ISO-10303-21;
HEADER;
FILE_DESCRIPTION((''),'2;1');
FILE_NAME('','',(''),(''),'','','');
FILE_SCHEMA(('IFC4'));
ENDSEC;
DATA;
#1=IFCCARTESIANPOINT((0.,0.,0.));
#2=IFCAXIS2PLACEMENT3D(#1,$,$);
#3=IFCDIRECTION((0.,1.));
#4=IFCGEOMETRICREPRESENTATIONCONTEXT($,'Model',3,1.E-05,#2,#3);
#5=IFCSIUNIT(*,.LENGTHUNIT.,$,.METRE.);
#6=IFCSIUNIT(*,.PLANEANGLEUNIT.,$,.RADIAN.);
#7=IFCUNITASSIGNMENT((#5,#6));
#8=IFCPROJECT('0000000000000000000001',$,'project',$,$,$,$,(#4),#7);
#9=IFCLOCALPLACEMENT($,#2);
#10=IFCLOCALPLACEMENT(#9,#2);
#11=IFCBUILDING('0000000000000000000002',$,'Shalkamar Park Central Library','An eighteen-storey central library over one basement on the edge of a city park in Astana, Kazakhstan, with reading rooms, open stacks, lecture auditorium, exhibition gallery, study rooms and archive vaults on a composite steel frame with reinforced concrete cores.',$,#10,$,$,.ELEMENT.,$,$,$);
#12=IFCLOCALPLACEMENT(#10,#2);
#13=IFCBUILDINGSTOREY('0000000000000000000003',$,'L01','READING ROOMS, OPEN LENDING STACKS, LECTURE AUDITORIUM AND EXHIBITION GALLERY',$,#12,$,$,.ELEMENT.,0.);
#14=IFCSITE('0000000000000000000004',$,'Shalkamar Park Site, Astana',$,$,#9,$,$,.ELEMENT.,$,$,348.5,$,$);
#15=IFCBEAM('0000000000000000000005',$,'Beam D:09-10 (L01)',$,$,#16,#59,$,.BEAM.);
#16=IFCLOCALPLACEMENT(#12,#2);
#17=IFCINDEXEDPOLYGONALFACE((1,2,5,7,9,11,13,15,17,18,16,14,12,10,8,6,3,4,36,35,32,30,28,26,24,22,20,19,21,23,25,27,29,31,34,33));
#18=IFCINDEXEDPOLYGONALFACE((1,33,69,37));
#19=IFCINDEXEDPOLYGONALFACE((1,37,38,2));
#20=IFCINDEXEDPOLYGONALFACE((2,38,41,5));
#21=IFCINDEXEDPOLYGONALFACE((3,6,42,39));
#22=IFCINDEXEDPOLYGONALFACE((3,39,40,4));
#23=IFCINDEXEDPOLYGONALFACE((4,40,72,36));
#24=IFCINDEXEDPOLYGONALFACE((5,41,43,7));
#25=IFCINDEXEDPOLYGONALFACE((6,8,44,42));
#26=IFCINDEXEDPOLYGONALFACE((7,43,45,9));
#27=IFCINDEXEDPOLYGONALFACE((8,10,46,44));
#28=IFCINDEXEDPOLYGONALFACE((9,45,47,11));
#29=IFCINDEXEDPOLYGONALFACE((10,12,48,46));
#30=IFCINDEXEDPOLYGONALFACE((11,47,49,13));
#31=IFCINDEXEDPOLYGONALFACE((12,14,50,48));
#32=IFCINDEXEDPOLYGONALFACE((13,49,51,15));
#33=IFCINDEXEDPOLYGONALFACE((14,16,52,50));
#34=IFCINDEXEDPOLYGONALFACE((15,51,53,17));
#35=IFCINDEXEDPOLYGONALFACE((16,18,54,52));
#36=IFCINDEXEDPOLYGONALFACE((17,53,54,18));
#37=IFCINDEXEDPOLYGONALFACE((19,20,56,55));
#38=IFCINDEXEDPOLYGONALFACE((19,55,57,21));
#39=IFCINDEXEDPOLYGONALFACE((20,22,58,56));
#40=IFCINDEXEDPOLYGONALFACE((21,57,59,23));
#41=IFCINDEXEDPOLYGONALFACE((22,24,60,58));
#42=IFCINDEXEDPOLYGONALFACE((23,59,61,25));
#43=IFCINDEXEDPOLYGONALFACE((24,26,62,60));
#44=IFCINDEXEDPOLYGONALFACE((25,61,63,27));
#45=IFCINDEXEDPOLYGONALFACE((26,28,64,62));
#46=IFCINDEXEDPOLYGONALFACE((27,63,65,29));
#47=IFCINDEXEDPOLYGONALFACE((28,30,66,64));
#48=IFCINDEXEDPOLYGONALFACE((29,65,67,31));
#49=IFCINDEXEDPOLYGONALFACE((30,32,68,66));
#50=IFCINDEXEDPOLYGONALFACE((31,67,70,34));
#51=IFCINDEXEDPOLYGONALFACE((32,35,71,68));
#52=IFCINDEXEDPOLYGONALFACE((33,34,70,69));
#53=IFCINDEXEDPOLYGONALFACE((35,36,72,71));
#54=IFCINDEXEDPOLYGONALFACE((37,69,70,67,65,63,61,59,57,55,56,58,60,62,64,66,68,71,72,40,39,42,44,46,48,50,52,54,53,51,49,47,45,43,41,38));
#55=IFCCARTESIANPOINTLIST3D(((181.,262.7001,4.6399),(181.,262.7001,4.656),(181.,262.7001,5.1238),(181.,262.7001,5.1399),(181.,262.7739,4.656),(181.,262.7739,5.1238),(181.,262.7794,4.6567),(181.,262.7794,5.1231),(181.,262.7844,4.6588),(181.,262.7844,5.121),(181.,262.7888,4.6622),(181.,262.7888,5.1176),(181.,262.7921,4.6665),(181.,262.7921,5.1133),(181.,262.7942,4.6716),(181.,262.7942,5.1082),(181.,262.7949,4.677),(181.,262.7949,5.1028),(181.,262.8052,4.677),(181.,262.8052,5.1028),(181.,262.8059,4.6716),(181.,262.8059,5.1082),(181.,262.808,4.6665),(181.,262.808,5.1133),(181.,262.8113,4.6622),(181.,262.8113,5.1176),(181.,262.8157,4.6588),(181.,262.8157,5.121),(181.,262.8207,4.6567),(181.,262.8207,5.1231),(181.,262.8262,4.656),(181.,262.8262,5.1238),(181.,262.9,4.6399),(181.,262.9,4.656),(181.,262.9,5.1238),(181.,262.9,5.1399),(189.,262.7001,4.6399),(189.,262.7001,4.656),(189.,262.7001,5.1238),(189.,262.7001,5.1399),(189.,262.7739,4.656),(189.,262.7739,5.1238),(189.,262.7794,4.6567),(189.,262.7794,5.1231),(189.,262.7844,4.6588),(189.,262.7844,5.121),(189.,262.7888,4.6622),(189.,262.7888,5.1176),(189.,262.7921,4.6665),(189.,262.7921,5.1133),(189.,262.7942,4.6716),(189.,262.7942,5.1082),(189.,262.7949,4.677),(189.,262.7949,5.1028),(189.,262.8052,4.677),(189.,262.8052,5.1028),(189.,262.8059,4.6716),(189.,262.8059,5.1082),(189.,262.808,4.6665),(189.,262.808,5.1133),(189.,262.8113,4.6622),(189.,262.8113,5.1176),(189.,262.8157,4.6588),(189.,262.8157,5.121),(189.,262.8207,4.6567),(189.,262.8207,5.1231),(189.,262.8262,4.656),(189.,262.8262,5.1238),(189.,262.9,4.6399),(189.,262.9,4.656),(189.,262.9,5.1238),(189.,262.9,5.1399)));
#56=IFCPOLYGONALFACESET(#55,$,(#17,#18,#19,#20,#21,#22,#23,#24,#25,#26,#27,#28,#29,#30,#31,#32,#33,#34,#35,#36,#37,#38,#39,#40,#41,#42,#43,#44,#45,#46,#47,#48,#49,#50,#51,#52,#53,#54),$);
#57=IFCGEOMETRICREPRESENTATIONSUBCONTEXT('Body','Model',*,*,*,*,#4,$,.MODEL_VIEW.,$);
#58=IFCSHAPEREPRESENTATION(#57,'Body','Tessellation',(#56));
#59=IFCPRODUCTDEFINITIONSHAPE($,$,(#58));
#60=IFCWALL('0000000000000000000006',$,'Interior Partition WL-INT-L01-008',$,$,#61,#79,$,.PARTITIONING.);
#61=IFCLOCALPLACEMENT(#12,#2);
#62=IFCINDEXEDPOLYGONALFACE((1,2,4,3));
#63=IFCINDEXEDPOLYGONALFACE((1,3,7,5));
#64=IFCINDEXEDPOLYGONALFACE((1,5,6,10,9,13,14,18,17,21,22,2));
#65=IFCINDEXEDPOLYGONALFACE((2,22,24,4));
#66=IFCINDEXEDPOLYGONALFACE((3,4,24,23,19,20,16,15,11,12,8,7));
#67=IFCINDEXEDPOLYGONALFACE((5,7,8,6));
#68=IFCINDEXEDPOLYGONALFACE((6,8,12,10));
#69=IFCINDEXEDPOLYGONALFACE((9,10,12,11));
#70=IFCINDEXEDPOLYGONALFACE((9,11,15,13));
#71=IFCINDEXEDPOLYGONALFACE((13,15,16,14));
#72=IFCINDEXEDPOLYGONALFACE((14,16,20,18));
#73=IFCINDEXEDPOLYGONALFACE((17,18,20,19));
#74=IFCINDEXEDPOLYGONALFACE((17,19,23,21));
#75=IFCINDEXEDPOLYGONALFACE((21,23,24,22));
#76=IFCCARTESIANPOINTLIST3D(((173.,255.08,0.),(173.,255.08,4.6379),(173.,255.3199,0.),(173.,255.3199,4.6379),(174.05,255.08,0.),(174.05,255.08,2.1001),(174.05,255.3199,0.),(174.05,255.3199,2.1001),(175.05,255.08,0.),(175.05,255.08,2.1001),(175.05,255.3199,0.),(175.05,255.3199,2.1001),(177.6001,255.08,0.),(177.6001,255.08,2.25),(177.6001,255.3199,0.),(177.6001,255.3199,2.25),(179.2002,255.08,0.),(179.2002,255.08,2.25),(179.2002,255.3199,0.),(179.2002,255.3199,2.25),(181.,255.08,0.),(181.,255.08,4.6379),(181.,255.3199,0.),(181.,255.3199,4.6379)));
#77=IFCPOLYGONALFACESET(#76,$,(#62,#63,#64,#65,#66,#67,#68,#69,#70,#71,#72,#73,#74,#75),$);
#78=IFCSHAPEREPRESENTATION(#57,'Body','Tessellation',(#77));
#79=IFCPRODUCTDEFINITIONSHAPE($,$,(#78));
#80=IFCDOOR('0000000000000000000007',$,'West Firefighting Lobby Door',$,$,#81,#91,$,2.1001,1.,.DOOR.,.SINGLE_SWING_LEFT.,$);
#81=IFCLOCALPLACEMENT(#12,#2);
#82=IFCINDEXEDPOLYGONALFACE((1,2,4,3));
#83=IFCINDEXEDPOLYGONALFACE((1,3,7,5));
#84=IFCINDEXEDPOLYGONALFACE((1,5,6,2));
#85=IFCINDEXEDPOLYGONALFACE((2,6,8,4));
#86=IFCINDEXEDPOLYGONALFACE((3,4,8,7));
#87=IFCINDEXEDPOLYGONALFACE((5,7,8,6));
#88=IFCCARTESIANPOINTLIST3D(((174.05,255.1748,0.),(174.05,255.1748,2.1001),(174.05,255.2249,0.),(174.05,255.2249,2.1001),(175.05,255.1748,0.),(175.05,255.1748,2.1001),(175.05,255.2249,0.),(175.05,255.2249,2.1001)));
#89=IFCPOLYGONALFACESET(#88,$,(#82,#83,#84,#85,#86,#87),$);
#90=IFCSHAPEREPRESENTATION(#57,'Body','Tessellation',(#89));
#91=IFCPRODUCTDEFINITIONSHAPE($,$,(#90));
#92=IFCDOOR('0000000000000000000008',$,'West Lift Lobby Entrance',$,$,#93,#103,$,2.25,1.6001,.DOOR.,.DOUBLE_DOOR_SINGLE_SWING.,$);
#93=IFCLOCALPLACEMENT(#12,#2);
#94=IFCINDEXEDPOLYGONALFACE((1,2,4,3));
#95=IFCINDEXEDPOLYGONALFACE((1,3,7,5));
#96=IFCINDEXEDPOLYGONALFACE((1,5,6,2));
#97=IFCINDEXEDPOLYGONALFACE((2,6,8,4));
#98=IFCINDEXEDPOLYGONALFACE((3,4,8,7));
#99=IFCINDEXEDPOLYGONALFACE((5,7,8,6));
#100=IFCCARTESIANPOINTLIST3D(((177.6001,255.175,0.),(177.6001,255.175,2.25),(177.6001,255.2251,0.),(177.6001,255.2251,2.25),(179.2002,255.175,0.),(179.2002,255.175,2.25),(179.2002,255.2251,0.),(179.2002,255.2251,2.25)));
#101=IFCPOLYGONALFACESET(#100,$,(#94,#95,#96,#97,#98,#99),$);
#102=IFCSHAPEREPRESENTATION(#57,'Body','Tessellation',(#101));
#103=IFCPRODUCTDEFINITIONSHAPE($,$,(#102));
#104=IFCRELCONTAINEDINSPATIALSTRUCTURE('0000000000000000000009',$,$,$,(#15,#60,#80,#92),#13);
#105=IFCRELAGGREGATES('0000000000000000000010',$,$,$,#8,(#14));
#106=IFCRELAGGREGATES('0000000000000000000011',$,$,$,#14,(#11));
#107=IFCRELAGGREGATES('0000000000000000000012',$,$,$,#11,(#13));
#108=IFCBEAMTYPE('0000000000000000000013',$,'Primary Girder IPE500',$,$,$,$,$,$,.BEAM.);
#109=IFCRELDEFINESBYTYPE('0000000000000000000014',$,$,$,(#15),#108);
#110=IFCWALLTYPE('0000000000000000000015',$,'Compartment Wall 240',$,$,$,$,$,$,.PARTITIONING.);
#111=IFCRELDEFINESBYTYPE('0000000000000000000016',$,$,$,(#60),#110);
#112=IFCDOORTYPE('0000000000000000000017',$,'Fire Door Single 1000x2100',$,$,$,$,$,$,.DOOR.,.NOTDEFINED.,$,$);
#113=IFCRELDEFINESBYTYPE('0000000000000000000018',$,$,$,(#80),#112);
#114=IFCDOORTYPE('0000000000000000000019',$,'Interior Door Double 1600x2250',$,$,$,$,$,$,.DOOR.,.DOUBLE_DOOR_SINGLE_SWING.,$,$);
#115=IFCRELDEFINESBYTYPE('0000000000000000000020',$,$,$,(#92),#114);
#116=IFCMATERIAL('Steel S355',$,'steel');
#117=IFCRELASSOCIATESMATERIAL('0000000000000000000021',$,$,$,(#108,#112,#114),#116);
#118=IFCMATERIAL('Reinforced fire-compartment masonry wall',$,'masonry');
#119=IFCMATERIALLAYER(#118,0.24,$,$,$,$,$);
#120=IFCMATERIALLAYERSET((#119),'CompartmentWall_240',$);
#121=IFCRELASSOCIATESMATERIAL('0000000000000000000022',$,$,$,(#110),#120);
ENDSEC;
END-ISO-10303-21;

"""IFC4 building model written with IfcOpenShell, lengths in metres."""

from ifc_helpers import new_model, si_unit, direction, frame, frame_2d, origin, origin_2d, place, context, subcontext, project, spatial, rectangle, i_section, extrude, material, layer, layer_set, material_profile, profile_set, type_object, element, fill, save


model = new_model("IFC4")

# Units and contexts
model_context = context("Model", 3, precision=1e-05, world=origin(), true_north=direction((0.0, 1.0)))
body_context = subcontext(model_context, "Body", "Model", "MODEL_VIEW")
ifc_project = project(units=[si_unit("LENGTHUNIT", "METRE"), si_unit("PLANEANGLEUNIT", "RADIAN")], contexts=[model_context])

# Site, building, storey
site_placement = place(None, origin())
site = spatial("IfcSite", under=ifc_project, at=site_placement, Name="Shalkamar Park Site, Astana", CompositionType="ELEMENT", RefElevation=348.5)
building_placement = place(site_placement, origin())
building = spatial("IfcBuilding", under=site, at=building_placement, Name="Shalkamar Park Central Library", Description="An eighteen-storey central library over one basement on the edge of a city park in Astana, Kazakhstan, with reading rooms, open stacks, lecture auditorium, exhibition gallery, study rooms and archive vaults on a composite steel frame with reinforced concrete cores.", CompositionType="ELEMENT")
storey_placement = place(building_placement, origin())
storey = spatial("IfcBuildingStorey", under=building, at=storey_placement, Name="L01", Description="READING ROOMS, OPEN LENDING STACKS, LECTURE AUDITORIUM AND EXHIBITION GALLERY", CompositionType="ELEMENT", Elevation=0.0)

# Shared definitions
ifc_material_1 = material(Name="Steel S355", Category="steel")

# Beam
ifc_material_profile_1 = material_profile(ifc_material_1, i_section(OverallWidth=0.2, OverallDepth=0.5, WebThickness=0.0103, FlangeThickness=0.0161, FilletRadius=0.021, at=origin_2d()), Name="IPE 500")
ifc_profile_set_1 = profile_set([ifc_material_profile_1], Name="Steel S355")
beam_type_1 = type_object("IfcBeamType", Name="Primary Girder IPE500", PredefinedType="BEAM", material=ifc_profile_set_1)
for number, where, z_axis, x_axis, name in (
    (1, (181.0, 262.8, 4.8899), (1.0, 0.0, 0.0), (0.0, 1.0, 0.0), "Beam D:09-10 (L01)"),
):
    element("IfcBeam", number, at=place(storey_placement, frame(where, z_axis=z_axis, x_axis=x_axis)), inside=storey, type_object=beam_type_1, Name=name, PredefinedType="BEAM", context=body_context, shape_type="SweptSolid", body=[
        extrude(i_section(OverallWidth=0.2, OverallDepth=0.5, WebThickness=0.0103, FlangeThickness=0.0161, FilletRadius=0.021, at=origin_2d()), origin(), (0.0, 0.0, 1.0), 8.0),
    ])

# Wall, openings, doors
ifc_material_2 = material(Name="Reinforced fire-compartment masonry wall", Category="masonry")
ifc_layer_1 = layer(ifc_material_2, 0.24)
ifc_layer_set_1 = layer_set([ifc_layer_1], Name="CompartmentWall_240")
wall_type_1 = type_object("IfcWallType", Name="Compartment Wall 240", PredefinedType="PARTITIONING", material=ifc_layer_set_1)
wall_1_placement = place(storey_placement, frame((173.0, 255.2, 0.0), z_axis=(0.0, 0.0, 1.0), x_axis=(1.0, 0.0, 0.0)))
wall_1 = element("IfcWall", 2, at=wall_1_placement, inside=storey, type_object=wall_type_1, Name="Interior Partition WL-INT-L01-008", PredefinedType="PARTITIONING", context=body_context, shape_type="SweptSolid", body=[
    extrude(rectangle(XDim=8.0, YDim=0.24, at=frame_2d((4.0, 0.0))), origin(), (0.0, 0.0, 1.0), 4.6379),
])
opening_1_placement = place(wall_1_placement, frame((1.05, 0.0, 0.0)))
opening_1 = element("IfcOpeningElement", 3, at=opening_1_placement, cuts=wall_1, PredefinedType="OPENING", context=body_context, shape_type="SweptSolid", body=[
    extrude(rectangle(XDim=1.0, YDim=2.1001, at=frame_2d((0.5, 1.05))), frame((0.0, 0.1348, 0.0), z_axis=(0.0, -1.0, 0.0), x_axis=(1.0, 0.0, 0.0)), (0.0, 0.0, 1.0), 0.2698),
])
opening_2_placement = place(wall_1_placement, frame((4.6001, 0.0, 0.0)))
opening_2 = element("IfcOpeningElement", 4, at=opening_2_placement, cuts=wall_1, PredefinedType="OPENING", context=body_context, shape_type="SweptSolid", body=[
    extrude(rectangle(XDim=1.6001, YDim=2.25, at=frame_2d((0.8, 1.125))), frame((0.0, 0.1348, 0.0), z_axis=(0.0, -1.0, 0.0), x_axis=(1.0, 0.0, 0.0)), (0.0, 0.0, 1.0), 0.2698),
])
door_type_1 = type_object("IfcDoorType", Name="Fire Door Single 1000x2100", OperationType="NOTDEFINED", PredefinedType="DOOR", material=ifc_material_1)
door_1_placement = place(opening_1_placement, origin())
door_1 = element("IfcDoor", 5, at=door_1_placement, inside=storey, type_object=door_type_1, Name="West Firefighting Lobby Door", OperationType="SINGLE_SWING_LEFT", OverallHeight=2.1001, OverallWidth=1.0, PredefinedType="DOOR", context=body_context, shape_type="SweptSolid", body=[
    extrude(rectangle(XDim=1.0, YDim=2.1001, at=frame_2d((0.5, 1.05))), frame((0.0, 0.0249, 0.0), z_axis=(0.0, -1.0, 0.0), x_axis=(1.0, 0.0, 0.0)), (0.0, 0.0, 1.0), 0.05),
])
fill(opening_1, door_1)
door_type_2 = type_object("IfcDoorType", Name="Interior Door Double 1600x2250", OperationType="DOUBLE_DOOR_SINGLE_SWING", PredefinedType="DOOR", material=ifc_material_1)
door_2_placement = place(opening_2_placement, frame((1.6001, 0.0, 0.0), z_axis=(0.0, 0.0, 1.0), x_axis=(-1.0, 0.0, 0.0)))
door_2 = element("IfcDoor", 6, at=door_2_placement, inside=storey, type_object=door_type_2, Name="West Lift Lobby Entrance", OperationType="DOUBLE_DOOR_SINGLE_SWING", OverallHeight=2.25, OverallWidth=1.6001, PredefinedType="DOOR", context=body_context, shape_type="SweptSolid", body=[
    extrude(rectangle(XDim=1.6001, YDim=2.25, at=frame_2d((0.8, 1.125))), frame((0.0, 0.0249, 0.0), z_axis=(0.0, -1.0, 0.0), x_axis=(1.0, 0.0, 0.0)), (0.0, 0.0, 1.0), 0.05),
])
fill(opening_2, door_2)

save(model, "model.ifc")
